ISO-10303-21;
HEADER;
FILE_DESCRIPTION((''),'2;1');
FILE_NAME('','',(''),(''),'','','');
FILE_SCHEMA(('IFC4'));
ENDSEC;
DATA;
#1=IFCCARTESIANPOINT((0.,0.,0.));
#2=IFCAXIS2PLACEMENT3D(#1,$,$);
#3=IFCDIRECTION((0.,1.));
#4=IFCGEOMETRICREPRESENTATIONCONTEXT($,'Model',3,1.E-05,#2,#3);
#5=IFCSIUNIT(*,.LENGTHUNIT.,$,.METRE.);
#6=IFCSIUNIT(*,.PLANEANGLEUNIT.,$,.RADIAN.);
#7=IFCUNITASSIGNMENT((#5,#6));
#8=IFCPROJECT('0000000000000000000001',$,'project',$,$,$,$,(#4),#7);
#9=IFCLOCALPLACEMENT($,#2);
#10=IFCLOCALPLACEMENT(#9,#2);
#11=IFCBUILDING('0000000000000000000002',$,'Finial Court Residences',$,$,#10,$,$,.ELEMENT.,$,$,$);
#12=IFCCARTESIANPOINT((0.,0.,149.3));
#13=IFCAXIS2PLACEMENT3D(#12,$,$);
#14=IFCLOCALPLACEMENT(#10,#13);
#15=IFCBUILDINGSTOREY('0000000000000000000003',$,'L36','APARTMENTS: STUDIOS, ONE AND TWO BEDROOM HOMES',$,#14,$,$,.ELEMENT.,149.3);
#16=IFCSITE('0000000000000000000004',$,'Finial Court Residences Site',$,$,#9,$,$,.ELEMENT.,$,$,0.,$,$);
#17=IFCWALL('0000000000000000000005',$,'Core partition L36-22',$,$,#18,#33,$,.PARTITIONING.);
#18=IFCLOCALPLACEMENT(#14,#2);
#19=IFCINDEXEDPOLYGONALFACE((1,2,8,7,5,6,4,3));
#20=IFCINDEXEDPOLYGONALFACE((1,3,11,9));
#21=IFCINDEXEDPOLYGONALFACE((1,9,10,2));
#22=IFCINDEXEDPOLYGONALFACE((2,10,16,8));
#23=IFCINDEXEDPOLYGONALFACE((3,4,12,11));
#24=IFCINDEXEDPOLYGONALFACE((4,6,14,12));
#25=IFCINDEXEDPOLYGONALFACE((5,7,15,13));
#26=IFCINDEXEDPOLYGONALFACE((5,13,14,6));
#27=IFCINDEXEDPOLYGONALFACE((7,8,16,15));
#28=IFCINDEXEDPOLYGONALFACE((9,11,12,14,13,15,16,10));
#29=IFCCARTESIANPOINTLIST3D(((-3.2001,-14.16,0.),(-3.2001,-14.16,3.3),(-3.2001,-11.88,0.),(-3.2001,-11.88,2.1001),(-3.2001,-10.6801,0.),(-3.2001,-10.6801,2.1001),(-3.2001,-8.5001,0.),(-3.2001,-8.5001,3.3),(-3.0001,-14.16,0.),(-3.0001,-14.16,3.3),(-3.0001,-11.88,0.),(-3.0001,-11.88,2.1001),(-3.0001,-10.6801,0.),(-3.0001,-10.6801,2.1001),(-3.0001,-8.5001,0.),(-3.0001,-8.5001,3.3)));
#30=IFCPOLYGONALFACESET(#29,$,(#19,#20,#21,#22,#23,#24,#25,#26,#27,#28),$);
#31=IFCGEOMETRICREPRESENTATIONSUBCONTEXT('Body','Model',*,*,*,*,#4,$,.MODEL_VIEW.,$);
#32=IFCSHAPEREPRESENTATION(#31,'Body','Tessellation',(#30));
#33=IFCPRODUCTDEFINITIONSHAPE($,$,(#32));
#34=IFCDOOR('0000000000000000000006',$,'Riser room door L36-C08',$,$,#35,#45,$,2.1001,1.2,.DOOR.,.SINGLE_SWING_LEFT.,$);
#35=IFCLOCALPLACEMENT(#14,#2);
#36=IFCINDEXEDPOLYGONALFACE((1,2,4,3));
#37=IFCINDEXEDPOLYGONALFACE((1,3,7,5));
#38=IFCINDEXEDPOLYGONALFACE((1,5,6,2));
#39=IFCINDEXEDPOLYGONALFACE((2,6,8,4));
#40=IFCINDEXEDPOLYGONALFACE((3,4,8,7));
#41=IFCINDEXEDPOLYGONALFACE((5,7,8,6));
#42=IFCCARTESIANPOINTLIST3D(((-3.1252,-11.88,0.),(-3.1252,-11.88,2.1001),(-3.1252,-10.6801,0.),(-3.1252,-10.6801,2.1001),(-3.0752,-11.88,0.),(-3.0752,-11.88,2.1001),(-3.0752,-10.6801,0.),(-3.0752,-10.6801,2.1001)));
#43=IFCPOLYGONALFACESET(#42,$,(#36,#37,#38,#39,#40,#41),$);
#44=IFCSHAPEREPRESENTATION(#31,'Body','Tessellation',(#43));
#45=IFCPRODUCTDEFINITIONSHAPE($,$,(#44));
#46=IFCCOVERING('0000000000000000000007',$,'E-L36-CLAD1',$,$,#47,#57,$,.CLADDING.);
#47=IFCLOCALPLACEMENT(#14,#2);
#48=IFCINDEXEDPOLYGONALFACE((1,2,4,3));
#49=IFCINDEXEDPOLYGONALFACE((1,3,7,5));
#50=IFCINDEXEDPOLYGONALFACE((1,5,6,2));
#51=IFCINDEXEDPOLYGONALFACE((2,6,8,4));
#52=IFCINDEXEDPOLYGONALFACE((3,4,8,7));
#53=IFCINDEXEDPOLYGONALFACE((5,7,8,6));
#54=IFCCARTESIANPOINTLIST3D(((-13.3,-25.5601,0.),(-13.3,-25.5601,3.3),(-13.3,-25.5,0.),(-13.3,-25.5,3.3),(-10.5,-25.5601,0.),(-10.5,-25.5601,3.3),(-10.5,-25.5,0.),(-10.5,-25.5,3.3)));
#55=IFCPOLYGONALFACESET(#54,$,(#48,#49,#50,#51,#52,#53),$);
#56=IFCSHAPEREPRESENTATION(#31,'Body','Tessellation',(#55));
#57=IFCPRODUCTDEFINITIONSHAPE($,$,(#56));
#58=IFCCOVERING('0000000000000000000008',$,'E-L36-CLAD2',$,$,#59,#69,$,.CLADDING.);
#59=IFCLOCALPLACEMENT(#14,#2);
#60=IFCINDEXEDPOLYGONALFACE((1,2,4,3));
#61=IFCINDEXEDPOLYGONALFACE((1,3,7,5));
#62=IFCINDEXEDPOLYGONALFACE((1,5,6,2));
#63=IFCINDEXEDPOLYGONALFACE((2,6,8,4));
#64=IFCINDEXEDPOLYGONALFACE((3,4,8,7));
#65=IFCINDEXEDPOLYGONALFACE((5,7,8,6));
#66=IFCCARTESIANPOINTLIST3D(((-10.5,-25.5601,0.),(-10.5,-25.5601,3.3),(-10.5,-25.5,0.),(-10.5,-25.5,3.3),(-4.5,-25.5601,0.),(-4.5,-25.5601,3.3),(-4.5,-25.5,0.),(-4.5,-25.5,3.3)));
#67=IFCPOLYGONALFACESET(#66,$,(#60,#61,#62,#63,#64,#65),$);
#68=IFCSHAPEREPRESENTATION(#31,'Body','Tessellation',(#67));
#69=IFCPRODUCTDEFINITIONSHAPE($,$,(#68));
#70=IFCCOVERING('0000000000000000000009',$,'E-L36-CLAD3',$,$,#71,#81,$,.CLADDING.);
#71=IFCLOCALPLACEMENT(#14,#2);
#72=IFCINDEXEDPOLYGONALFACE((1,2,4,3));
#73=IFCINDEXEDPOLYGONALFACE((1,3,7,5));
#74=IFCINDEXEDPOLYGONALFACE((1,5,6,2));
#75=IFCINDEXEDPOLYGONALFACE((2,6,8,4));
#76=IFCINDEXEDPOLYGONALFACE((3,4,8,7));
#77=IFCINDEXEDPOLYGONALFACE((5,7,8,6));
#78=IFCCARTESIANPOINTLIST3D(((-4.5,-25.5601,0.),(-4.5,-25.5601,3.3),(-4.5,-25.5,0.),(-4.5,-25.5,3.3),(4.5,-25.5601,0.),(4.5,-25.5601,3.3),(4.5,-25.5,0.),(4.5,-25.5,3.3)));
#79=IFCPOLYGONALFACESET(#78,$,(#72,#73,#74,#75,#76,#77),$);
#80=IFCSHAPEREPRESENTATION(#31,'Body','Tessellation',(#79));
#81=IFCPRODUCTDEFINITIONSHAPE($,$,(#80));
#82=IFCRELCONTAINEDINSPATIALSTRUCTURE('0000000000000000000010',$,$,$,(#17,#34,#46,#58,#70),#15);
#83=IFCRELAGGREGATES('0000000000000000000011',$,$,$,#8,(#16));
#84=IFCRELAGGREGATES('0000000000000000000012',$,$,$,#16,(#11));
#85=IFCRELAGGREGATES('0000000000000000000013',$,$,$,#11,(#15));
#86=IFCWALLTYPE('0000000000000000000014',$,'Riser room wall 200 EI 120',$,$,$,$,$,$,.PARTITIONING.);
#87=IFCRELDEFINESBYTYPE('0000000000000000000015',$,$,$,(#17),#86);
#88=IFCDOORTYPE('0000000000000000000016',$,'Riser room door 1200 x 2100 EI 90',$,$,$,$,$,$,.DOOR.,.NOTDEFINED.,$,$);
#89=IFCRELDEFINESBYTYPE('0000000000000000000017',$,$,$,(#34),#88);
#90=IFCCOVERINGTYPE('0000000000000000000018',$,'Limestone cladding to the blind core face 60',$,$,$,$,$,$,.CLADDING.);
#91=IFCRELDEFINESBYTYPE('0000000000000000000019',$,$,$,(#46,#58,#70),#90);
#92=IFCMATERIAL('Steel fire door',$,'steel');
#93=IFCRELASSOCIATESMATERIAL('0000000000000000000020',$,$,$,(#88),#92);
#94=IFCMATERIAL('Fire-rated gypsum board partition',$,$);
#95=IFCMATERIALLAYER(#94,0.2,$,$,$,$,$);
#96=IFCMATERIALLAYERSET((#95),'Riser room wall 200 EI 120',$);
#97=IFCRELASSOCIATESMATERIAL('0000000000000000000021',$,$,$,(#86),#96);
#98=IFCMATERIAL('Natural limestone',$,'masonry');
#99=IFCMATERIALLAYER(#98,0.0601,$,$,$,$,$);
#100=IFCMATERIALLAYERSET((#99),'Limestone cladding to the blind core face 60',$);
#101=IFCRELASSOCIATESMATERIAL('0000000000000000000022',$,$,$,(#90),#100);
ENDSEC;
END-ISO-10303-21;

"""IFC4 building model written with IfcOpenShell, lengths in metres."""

from ifc_helpers import new_model, si_unit, direction, frame, frame_2d, origin, place, context, subcontext, project, spatial, polyline, rectangle, outline, extrude, material, layer, layer_set, type_object, element, fill, save


model = new_model("IFC4")

# Units and contexts
model_context = context("Model", 3, precision=1e-05, world=origin(), true_north=direction((0.0, 1.0)))
body_context = subcontext(model_context, "Body", "Model", "MODEL_VIEW")
ifc_project = project(units=[si_unit("LENGTHUNIT", "METRE"), si_unit("PLANEANGLEUNIT", "RADIAN")], contexts=[model_context])

# Site, building, storey
site_placement = place(None, origin())
site = spatial("IfcSite", under=ifc_project, at=site_placement, Name="Finial Court Residences Site", CompositionType="ELEMENT", RefElevation=0.0)
building_placement = place(site_placement, origin())
building = spatial("IfcBuilding", under=site, at=building_placement, Name="Finial Court Residences", CompositionType="ELEMENT")
storey_placement = place(building_placement, frame((0.0, 0.0, 149.3)))
storey = spatial("IfcBuildingStorey", under=building, at=storey_placement, Name="L36", Description="APARTMENTS: STUDIOS, ONE AND TWO BEDROOM HOMES", CompositionType="ELEMENT", Elevation=149.3)

# Shared definitions
ifc_material_1 = material(Name="Steel fire door", Category="steel")
door_type_1 = type_object("IfcDoorType", Name="Riser room door 1200 x 2100 EI 90", OperationType="NOTDEFINED", PredefinedType="DOOR", material=ifc_material_1)

# Shared definitions
ifc_material_2 = material(Name="Fire-rated gypsum board partition")

# Shared definitions
ifc_layer_1 = layer(ifc_material_2, 0.2)
ifc_layer_set_1 = layer_set([ifc_layer_1], Name="Riser room wall 200 EI 120")
wall_type_1 = type_object("IfcWallType", Name="Riser room wall 200 EI 120", PredefinedType="PARTITIONING", material=ifc_layer_set_1)

# Wall, opening, door
wall_1_placement = place(storey_placement, frame((-3.1001, -8.5, 0.0), z_axis=(0.0, 0.0, 1.0), x_axis=(0.0, -1.0, 0.0)))
wall_1 = element("IfcWall", 1, at=wall_1_placement, inside=storey, type_object=wall_type_1, Name="Core partition L36-22", PredefinedType="PARTITIONING", context=body_context, shape_type="SweptSolid", body=[
    extrude(rectangle(XDim=5.6599, YDim=0.2, at=frame_2d((2.8301, 0.0))), origin(), (0.0, 0.0, 1.0), 3.3),
])
opening_1_placement = place(wall_1_placement, frame((2.1799, 0.0, 0.0)))
opening_1 = element("IfcOpeningElement", 2, at=opening_1_placement, cuts=wall_1, PredefinedType="OPENING", context=body_context, shape_type="SweptSolid", body=[
    extrude(rectangle(XDim=1.2, YDim=2.1001, at=frame_2d((0.6001, 1.05))), frame((0.0, 0.1099, 0.0), z_axis=(0.0, -1.0, 0.0), x_axis=(1.0, 0.0, 0.0)), (0.0, 0.0, 1.0), 0.22),
])
door_1_placement = place(opening_1_placement, origin())
door_1 = element("IfcDoor", 3, at=door_1_placement, inside=storey, type_object=door_type_1, Name="Riser room door L36-C08", OperationType="SINGLE_SWING_LEFT", OverallHeight=2.1001, OverallWidth=1.2, PredefinedType="DOOR", context=body_context, shape_type="SweptSolid", body=[
    extrude(rectangle(XDim=1.2, YDim=2.1001, at=frame_2d((0.6001, 1.05))), frame((0.0, 0.0249, 0.0), z_axis=(0.0, -1.0, 0.0), x_axis=(1.0, 0.0, 0.0)), (0.0, 0.0, 1.0), 0.05),
])
fill(opening_1, door_1)

# Coverings
ifc_material_3 = material(Name="Natural limestone", Category="masonry")
ifc_layer_2 = layer(ifc_material_3, 0.0601)
ifc_layer_set_2 = layer_set([ifc_layer_2], Name="Limestone cladding to the blind core face 60")
covering_type = type_object("IfcCoveringType", Name="Limestone cladding to the blind core face 60", PredefinedType="CLADDING", material=ifc_layer_set_2)
covering_1_placement = place(storey_placement, origin())
element("IfcCovering", 4, at=covering_1_placement, inside=storey, type_object=covering_type, Name="E-L36-CLAD1", PredefinedType="CLADDING", context=body_context, shape_type="SweptSolid", body=[
    extrude(outline(polyline([(-10.5, -25.5601), (-10.5, -25.5), (-13.3, -25.5), (-13.3, -25.5601), (-10.5, -25.5601)])), origin(), (0.0, 0.0, 1.0), 3.3),
])
covering_2_placement = place(storey_placement, origin())
element("IfcCovering", 5, at=covering_2_placement, inside=storey, type_object=covering_type, Name="E-L36-CLAD2", PredefinedType="CLADDING", context=body_context, shape_type="SweptSolid", body=[
    extrude(outline(polyline([(-4.5, -25.5601), (-4.5, -25.5), (-10.5, -25.5), (-10.5, -25.5601), (-4.5, -25.5601)])), origin(), (0.0, 0.0, 1.0), 3.3),
])
covering_3_placement = place(storey_placement, origin())
element("IfcCovering", 6, at=covering_3_placement, inside=storey, type_object=covering_type, Name="E-L36-CLAD3", PredefinedType="CLADDING", context=body_context, shape_type="SweptSolid", body=[
    extrude(outline(polyline([(4.5, -25.5601), (4.5, -25.5), (-4.5, -25.5), (-4.5, -25.5601), (4.5, -25.5601)])), origin(), (0.0, 0.0, 1.0), 3.3),
])

save(model, "model.ifc")
